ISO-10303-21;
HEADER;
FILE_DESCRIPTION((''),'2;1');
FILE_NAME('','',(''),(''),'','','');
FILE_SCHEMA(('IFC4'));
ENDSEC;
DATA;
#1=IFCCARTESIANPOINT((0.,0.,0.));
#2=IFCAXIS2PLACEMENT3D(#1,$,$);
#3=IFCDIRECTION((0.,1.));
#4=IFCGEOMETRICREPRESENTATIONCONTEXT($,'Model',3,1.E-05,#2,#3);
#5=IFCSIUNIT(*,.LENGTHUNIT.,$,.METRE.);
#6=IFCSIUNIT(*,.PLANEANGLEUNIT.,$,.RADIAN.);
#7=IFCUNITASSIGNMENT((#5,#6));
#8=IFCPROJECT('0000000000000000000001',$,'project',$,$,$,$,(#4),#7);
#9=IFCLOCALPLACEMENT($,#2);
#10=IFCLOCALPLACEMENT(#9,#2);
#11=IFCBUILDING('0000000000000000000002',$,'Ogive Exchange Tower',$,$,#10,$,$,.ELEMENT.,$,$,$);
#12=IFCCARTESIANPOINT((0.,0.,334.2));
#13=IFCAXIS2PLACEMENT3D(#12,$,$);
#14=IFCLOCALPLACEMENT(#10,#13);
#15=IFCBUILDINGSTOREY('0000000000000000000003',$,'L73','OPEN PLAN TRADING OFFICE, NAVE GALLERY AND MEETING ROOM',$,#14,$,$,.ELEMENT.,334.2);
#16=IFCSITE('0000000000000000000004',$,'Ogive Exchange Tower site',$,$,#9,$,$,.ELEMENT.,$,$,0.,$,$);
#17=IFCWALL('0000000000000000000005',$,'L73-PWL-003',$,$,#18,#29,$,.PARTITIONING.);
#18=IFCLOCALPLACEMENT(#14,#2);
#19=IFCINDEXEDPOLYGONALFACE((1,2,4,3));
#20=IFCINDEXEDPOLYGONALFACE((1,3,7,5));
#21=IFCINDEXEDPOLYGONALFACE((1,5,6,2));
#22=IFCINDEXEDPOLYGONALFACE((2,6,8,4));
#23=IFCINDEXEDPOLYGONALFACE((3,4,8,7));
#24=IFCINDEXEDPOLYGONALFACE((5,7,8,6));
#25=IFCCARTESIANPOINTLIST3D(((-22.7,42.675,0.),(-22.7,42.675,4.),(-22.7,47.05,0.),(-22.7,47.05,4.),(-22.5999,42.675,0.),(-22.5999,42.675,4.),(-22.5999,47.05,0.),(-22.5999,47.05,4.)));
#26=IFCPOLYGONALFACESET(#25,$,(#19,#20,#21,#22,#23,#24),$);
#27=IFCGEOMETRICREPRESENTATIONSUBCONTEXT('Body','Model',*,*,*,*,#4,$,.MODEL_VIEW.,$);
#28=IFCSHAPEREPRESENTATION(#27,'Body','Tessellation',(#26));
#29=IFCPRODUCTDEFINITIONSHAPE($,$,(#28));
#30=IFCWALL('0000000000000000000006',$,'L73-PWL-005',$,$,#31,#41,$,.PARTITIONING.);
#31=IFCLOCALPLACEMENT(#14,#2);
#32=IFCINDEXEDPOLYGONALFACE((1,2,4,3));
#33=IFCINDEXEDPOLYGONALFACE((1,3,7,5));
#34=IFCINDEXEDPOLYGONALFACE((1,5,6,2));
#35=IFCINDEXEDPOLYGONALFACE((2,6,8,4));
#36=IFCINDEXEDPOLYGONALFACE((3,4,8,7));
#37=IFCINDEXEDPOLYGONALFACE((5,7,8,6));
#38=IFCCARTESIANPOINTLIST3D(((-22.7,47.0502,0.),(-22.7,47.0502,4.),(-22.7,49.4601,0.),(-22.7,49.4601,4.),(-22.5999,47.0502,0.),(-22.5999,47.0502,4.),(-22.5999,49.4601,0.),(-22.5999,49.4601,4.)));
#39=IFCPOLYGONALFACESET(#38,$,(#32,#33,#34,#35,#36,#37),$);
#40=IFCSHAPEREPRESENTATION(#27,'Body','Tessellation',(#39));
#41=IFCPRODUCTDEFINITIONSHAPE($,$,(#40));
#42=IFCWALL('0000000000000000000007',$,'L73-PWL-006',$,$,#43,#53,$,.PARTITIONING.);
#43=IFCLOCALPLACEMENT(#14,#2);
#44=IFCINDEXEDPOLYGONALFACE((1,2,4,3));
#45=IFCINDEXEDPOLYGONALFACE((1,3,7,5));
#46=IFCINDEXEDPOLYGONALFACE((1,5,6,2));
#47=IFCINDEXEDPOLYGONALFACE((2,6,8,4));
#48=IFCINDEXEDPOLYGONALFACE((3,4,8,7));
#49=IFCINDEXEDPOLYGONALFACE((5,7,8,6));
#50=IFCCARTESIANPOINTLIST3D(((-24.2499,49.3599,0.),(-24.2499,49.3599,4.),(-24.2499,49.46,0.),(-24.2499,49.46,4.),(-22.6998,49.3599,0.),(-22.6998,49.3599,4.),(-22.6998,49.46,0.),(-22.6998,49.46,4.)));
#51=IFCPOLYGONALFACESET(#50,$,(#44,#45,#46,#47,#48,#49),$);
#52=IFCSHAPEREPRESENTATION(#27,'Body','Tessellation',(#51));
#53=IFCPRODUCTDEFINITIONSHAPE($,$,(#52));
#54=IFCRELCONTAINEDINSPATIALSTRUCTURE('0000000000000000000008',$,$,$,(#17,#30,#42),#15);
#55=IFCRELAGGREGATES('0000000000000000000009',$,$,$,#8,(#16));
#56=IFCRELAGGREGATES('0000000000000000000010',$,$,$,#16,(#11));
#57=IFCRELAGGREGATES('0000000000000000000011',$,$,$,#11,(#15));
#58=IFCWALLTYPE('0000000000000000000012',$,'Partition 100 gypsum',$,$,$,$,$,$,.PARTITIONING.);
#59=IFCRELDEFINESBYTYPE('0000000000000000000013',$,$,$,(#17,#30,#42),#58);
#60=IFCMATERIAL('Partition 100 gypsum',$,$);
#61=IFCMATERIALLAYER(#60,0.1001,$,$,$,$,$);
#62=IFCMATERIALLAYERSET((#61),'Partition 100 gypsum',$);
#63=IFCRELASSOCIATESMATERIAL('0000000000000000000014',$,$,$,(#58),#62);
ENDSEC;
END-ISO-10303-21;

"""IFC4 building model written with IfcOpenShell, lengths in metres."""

from ifc_helpers import new_model, si_unit, direction, frame, frame_2d, origin, place, context, subcontext, project, spatial, rectangle, extrude, material, layer, layer_set, type_object, element, save


model = new_model("IFC4")

# Units and contexts
model_context = context("Model", 3, precision=1e-05, world=origin(), true_north=direction((0.0, 1.0)))
body_context = subcontext(model_context, "Body", "Model", "MODEL_VIEW")
ifc_project = project(units=[si_unit("LENGTHUNIT", "METRE"), si_unit("PLANEANGLEUNIT", "RADIAN")], contexts=[model_context])

# Site, building, storey
site_placement = place(None, origin())
site = spatial("IfcSite", under=ifc_project, at=site_placement, Name="Ogive Exchange Tower site", CompositionType="ELEMENT", RefElevation=0.0)
building_placement = place(site_placement, origin())
building = spatial("IfcBuilding", under=site, at=building_placement, Name="Ogive Exchange Tower", CompositionType="ELEMENT")
storey_placement = place(building_placement, frame((0.0, 0.0, 334.2)))
storey = spatial("IfcBuildingStorey", under=building, at=storey_placement, Name="L73", Description="OPEN PLAN TRADING OFFICE, NAVE GALLERY AND MEETING ROOM", CompositionType="ELEMENT", Elevation=334.2)

# Walls
ifc_material_1 = material(Name="Partition 100 gypsum")
ifc_layer_1 = layer(ifc_material_1, 0.1001)
ifc_layer_set_1 = layer_set([ifc_layer_1], Name="Partition 100 gypsum")
wall_type_1 = type_object("IfcWallType", Name="Partition 100 gypsum", PredefinedType="PARTITIONING", material=ifc_layer_set_1)
wall_1_placement = place(storey_placement, frame((-22.6499, 42.675, 0.0), z_axis=(0.0, 0.0, 1.0), x_axis=(0.0, 1.0, 0.0)))
element("IfcWall", 1, at=wall_1_placement, inside=storey, type_object=wall_type_1, Name="L73-PWL-003", PredefinedType="PARTITIONING", context=body_context, shape_type="SweptSolid", body=[
    extrude(rectangle(XDim=4.375, YDim=0.1001, at=frame_2d((2.1875, 0.0))), origin(), (0.0, 0.0, 1.0), 4.0),
])
wall_2_placement = place(storey_placement, frame((-22.6499, 47.05, 0.0), z_axis=(0.0, 0.0, 1.0), x_axis=(0.0, 1.0, 0.0)))
element("IfcWall", 2, at=wall_2_placement, inside=storey, type_object=wall_type_1, Name="L73-PWL-005", PredefinedType="PARTITIONING", context=body_context, shape_type="SweptSolid", body=[
    extrude(rectangle(XDim=2.4099, YDim=0.1001, at=frame_2d((1.2051, 0.0))), origin(), (0.0, 0.0, 1.0), 4.0),
])
wall_3_placement = place(storey_placement, frame((-22.7, 49.4099, 0.0), z_axis=(0.0, 0.0, 1.0), x_axis=(-1.0, 0.0, 0.0)))
element("IfcWall", 3, at=wall_3_placement, inside=storey, type_object=wall_type_1, Name="L73-PWL-006", PredefinedType="PARTITIONING", context=body_context, shape_type="SweptSolid", body=[
    extrude(rectangle(XDim=1.55, YDim=0.1001, at=frame_2d((0.7749, 0.0))), origin(), (0.0, 0.0, 1.0), 4.0),
])

save(model, "model.ifc")
